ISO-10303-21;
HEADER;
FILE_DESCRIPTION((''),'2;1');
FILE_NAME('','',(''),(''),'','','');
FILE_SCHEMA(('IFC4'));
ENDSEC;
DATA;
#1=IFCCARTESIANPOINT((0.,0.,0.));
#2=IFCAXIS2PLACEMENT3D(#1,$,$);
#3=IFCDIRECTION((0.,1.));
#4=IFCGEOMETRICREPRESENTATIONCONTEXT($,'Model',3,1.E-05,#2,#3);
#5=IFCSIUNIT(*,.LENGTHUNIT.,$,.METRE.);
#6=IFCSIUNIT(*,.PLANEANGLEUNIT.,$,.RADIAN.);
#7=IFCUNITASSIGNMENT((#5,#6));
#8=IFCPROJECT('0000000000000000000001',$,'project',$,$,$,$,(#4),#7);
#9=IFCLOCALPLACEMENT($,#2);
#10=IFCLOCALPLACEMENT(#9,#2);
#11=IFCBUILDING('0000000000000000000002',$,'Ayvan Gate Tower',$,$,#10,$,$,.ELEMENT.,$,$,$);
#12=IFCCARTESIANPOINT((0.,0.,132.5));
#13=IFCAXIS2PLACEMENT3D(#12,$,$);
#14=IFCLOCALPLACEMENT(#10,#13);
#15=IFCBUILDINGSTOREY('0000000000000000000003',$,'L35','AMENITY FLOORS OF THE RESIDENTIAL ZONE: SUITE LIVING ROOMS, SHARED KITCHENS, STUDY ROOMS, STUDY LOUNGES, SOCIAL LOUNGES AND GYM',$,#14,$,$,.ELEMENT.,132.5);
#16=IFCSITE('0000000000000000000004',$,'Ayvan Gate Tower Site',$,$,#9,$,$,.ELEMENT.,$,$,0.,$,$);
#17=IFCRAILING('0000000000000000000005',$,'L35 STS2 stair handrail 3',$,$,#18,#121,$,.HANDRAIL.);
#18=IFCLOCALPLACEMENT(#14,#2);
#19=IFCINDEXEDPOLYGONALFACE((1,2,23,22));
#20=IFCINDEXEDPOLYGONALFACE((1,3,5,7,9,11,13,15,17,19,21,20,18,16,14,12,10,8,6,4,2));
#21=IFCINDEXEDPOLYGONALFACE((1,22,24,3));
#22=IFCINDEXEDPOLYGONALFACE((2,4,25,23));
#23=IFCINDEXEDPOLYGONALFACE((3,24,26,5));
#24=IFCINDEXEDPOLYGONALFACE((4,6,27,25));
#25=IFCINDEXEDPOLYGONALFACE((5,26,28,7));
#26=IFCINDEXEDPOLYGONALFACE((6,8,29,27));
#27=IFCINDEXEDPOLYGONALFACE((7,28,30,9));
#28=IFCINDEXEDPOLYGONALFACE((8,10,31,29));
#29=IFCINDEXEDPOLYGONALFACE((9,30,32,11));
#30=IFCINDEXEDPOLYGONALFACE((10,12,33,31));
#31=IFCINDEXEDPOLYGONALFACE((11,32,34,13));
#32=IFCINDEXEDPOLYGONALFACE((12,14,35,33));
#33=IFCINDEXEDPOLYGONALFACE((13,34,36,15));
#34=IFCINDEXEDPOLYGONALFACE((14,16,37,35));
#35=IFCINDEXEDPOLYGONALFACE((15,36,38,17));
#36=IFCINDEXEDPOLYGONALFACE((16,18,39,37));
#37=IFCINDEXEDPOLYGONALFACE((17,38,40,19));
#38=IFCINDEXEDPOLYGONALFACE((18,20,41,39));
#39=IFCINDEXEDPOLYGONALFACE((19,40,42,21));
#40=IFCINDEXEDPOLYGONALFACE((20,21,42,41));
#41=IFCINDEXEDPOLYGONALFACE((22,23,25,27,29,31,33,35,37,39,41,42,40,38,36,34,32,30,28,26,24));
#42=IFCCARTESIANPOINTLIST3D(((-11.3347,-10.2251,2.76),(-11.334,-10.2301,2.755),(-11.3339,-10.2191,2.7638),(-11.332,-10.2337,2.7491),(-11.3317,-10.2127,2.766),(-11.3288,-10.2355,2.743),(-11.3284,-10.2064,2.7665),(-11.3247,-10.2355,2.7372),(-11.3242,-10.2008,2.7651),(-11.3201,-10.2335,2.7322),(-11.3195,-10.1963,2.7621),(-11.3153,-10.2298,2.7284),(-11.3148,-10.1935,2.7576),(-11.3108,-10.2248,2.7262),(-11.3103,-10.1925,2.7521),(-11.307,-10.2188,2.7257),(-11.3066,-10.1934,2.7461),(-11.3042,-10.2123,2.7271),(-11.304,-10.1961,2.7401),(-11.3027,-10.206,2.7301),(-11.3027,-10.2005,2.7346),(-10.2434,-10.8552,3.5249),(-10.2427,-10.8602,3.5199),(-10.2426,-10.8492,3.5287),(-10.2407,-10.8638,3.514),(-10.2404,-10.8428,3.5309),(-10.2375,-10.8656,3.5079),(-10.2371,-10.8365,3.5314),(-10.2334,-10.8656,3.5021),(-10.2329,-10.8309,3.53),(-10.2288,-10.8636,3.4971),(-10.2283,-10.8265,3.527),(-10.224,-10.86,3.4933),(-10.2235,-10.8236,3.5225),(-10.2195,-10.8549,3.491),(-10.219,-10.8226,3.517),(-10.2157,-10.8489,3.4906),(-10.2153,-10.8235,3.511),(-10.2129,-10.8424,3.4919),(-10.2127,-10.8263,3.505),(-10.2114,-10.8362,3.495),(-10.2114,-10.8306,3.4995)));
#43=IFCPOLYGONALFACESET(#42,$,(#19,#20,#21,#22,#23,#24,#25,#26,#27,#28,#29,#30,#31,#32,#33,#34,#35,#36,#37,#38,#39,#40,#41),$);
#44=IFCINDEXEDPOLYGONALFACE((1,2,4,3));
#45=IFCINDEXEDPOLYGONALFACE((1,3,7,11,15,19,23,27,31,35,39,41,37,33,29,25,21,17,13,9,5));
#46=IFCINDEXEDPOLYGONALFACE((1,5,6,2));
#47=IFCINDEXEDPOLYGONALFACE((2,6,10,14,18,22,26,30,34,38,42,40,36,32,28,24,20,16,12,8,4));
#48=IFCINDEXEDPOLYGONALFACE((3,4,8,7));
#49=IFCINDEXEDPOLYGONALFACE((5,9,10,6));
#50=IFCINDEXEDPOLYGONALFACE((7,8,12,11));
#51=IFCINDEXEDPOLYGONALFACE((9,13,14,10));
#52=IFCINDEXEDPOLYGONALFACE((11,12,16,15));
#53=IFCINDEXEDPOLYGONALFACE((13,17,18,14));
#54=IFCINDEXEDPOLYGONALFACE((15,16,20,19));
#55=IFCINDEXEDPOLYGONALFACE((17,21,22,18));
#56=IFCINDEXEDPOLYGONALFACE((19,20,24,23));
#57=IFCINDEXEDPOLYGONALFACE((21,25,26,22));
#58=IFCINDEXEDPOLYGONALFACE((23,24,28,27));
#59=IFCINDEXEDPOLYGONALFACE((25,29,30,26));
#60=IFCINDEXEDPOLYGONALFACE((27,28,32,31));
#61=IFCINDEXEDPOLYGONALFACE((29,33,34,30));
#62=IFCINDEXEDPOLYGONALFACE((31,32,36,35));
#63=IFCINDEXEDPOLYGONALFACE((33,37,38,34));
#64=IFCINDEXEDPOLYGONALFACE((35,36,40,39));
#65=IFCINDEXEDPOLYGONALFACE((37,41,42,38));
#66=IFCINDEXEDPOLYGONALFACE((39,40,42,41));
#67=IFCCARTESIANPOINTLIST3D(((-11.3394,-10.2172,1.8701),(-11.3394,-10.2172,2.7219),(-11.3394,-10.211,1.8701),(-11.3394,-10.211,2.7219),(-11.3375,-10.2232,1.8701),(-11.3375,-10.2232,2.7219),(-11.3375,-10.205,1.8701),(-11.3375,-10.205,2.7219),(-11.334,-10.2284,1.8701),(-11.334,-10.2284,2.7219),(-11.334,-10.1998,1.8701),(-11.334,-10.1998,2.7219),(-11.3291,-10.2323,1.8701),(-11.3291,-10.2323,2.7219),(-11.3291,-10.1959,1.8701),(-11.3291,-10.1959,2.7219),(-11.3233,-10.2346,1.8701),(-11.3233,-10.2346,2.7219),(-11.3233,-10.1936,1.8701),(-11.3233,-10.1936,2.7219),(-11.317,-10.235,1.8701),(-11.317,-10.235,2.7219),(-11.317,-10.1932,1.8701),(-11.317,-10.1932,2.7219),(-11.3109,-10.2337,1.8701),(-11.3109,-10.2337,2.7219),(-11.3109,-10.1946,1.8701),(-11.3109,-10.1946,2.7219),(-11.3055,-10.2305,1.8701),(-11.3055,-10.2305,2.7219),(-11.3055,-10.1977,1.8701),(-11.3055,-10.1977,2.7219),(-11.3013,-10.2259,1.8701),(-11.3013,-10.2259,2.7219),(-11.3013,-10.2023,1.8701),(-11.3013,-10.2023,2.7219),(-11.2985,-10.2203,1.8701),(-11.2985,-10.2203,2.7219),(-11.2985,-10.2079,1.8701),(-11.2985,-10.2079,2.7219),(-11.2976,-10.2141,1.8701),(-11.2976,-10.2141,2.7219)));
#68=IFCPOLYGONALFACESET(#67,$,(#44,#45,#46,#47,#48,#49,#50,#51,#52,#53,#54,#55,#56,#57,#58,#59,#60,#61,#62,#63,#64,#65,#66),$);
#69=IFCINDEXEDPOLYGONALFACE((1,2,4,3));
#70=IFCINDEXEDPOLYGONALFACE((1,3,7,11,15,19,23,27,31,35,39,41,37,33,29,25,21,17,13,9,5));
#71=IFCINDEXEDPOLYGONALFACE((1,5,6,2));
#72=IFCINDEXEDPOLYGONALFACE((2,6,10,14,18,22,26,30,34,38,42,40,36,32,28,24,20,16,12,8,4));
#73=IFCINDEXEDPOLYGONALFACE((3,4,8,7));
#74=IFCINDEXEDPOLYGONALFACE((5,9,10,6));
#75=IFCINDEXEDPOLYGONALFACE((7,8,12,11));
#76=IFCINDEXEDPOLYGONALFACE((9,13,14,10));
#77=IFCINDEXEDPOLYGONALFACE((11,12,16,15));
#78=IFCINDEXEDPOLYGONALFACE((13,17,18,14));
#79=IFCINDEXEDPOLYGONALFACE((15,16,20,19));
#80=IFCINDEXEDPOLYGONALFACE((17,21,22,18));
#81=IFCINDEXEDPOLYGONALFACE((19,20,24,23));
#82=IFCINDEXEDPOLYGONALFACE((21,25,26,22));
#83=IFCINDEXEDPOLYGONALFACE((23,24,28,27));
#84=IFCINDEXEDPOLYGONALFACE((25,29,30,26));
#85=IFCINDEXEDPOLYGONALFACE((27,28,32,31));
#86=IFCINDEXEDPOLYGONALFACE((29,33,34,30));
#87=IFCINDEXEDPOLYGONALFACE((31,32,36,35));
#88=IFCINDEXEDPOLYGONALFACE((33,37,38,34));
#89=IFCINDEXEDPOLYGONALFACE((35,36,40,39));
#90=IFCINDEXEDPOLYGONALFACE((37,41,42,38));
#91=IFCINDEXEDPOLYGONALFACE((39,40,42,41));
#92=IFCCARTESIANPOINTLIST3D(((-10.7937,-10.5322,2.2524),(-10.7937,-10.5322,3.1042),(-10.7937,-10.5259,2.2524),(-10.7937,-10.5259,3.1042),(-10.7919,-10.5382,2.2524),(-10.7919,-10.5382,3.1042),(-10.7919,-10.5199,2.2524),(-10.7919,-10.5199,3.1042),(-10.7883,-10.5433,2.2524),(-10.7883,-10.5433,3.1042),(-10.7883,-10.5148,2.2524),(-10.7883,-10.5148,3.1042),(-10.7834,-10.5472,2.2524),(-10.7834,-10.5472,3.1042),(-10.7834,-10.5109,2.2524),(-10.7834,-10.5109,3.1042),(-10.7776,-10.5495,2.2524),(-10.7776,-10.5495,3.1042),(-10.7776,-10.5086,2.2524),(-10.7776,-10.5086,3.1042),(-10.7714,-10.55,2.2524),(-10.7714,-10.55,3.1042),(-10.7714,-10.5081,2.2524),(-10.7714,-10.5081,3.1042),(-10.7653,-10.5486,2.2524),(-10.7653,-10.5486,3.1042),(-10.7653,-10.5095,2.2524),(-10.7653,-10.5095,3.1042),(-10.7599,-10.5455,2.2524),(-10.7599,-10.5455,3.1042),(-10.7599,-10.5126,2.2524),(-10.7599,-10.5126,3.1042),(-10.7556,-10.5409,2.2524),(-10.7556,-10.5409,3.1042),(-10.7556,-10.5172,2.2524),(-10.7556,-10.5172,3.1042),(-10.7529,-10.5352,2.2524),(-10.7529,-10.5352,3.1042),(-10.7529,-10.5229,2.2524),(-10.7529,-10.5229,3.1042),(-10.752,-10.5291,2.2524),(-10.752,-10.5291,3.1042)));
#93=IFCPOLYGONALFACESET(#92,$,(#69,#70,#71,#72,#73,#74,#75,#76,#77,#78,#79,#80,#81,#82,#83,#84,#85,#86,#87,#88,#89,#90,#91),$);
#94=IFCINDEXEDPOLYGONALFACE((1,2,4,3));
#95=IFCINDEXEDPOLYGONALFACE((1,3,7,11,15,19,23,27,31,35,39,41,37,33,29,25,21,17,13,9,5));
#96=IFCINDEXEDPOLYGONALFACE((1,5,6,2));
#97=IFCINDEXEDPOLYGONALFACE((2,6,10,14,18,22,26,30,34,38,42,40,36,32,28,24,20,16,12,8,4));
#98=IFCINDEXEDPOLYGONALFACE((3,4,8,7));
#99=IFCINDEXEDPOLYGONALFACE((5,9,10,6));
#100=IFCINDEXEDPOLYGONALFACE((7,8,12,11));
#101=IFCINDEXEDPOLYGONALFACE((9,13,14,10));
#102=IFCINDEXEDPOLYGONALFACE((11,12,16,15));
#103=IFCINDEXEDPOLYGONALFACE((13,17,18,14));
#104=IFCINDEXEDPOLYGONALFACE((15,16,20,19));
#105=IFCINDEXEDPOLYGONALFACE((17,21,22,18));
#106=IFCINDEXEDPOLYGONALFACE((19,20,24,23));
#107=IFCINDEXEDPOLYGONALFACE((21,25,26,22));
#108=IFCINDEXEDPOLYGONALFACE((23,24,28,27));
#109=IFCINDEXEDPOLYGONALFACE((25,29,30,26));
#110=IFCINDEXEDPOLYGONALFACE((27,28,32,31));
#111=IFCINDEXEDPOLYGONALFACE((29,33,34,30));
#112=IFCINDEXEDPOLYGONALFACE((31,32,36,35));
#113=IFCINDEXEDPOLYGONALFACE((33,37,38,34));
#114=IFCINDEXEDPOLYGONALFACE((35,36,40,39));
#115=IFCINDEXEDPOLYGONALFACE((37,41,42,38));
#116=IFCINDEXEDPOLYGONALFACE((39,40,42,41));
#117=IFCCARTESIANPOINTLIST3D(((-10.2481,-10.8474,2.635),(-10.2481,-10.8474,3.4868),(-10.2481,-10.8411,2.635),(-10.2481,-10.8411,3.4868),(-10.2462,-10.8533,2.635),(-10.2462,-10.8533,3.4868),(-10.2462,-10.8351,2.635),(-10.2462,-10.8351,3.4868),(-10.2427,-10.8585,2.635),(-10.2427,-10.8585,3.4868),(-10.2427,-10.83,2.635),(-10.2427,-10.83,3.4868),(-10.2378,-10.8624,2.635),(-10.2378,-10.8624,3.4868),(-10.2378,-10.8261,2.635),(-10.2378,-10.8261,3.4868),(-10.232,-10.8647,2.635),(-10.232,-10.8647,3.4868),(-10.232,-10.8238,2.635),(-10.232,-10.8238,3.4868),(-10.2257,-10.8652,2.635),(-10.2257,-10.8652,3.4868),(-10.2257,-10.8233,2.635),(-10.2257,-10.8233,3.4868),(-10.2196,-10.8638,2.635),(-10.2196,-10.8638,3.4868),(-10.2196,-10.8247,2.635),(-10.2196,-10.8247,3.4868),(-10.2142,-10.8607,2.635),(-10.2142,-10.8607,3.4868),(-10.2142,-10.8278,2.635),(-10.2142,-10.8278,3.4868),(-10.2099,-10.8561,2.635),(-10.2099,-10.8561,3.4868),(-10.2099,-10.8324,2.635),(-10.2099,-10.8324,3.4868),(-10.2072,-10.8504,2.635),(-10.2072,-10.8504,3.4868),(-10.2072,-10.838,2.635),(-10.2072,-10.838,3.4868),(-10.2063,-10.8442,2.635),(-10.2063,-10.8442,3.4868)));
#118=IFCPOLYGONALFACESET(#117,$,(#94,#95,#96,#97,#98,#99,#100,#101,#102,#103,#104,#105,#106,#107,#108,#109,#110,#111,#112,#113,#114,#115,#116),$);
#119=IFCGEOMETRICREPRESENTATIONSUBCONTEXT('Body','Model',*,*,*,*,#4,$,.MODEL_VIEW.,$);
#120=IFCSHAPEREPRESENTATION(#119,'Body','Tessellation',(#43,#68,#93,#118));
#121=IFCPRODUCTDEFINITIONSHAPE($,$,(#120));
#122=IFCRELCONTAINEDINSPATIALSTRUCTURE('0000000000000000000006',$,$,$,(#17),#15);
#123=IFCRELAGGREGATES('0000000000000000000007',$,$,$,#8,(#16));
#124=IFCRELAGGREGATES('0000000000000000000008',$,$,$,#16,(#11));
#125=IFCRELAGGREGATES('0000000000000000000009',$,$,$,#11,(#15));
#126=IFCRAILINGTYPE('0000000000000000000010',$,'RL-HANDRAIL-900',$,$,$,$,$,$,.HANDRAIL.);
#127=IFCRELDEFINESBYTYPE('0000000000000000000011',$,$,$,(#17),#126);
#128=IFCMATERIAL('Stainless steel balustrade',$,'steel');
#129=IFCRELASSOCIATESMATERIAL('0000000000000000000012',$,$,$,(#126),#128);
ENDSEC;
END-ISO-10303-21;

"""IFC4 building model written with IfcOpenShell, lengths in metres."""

from ifc_helpers import new_model, si_unit, direction, frame, origin, origin_2d, place, context, subcontext, project, spatial, circle, extrude, material, type_object, element, save


model = new_model("IFC4")

# Units and contexts
model_context = context("Model", 3, precision=1e-05, world=origin(), true_north=direction((0.0, 1.0)))
body_context = subcontext(model_context, "Body", "Model", "MODEL_VIEW")
ifc_project = project(units=[si_unit("LENGTHUNIT", "METRE"), si_unit("PLANEANGLEUNIT", "RADIAN")], contexts=[model_context])

# Site, building, storey
site_placement = place(None, origin())
site = spatial("IfcSite", under=ifc_project, at=site_placement, Name="Ayvan Gate Tower Site", CompositionType="ELEMENT", RefElevation=0.0)
building_placement = place(site_placement, origin())
building = spatial("IfcBuilding", under=site, at=building_placement, Name="Ayvan Gate Tower", CompositionType="ELEMENT")
storey_placement = place(building_placement, frame((0.0, 0.0, 132.5)))
storey = spatial("IfcBuildingStorey", under=building, at=storey_placement, Name="L35", Description="AMENITY FLOORS OF THE RESIDENTIAL ZONE: SUITE LIVING ROOMS, SHARED KITCHENS, STUDY ROOMS, STUDY LOUNGES, SOCIAL LOUNGES AND GYM", CompositionType="ELEMENT", Elevation=132.5)

# Railing
ifc_material_1 = material(Name="Stainless steel balustrade", Category="steel")
railing_type_1 = type_object("IfcRailingType", Name="RL-HANDRAIL-900", PredefinedType="HANDRAIL", material=ifc_material_1)
railing_1_placement = place(storey_placement, frame((-11.3186, -10.2141, 1.8701)))
element("IfcRailing", 1, at=railing_1_placement, inside=storey, type_object=railing_type_1, Name="L35 STS2 stair handrail 3", PredefinedType="HANDRAIL", context=body_context, shape_type="SweptSolid", body=[
    extrude(circle(Radius=0.0239, at=origin_2d()), frame((0.0, 0.0, 0.876), z_axis=(0.740304, -0.427455, 0.518875), x_axis=(0.500035, 0.866005, 0.0)), (0.0, 0.0, 1.0), 1.4741),
    extrude(circle(Radius=0.021, at=origin_2d()), origin(), (0.0, 0.0, 1.0), 0.8518),
    extrude(circle(Radius=0.021, at=origin_2d()), frame((0.5457, -0.3149, 0.3823)), (0.0, 0.0, 1.0), 0.8518),
    extrude(circle(Radius=0.021, at=origin_2d()), frame((1.0913, -0.6301, 0.7649)), (0.0, 0.0, 1.0), 0.8518),
])

save(model, "model.ifc")
